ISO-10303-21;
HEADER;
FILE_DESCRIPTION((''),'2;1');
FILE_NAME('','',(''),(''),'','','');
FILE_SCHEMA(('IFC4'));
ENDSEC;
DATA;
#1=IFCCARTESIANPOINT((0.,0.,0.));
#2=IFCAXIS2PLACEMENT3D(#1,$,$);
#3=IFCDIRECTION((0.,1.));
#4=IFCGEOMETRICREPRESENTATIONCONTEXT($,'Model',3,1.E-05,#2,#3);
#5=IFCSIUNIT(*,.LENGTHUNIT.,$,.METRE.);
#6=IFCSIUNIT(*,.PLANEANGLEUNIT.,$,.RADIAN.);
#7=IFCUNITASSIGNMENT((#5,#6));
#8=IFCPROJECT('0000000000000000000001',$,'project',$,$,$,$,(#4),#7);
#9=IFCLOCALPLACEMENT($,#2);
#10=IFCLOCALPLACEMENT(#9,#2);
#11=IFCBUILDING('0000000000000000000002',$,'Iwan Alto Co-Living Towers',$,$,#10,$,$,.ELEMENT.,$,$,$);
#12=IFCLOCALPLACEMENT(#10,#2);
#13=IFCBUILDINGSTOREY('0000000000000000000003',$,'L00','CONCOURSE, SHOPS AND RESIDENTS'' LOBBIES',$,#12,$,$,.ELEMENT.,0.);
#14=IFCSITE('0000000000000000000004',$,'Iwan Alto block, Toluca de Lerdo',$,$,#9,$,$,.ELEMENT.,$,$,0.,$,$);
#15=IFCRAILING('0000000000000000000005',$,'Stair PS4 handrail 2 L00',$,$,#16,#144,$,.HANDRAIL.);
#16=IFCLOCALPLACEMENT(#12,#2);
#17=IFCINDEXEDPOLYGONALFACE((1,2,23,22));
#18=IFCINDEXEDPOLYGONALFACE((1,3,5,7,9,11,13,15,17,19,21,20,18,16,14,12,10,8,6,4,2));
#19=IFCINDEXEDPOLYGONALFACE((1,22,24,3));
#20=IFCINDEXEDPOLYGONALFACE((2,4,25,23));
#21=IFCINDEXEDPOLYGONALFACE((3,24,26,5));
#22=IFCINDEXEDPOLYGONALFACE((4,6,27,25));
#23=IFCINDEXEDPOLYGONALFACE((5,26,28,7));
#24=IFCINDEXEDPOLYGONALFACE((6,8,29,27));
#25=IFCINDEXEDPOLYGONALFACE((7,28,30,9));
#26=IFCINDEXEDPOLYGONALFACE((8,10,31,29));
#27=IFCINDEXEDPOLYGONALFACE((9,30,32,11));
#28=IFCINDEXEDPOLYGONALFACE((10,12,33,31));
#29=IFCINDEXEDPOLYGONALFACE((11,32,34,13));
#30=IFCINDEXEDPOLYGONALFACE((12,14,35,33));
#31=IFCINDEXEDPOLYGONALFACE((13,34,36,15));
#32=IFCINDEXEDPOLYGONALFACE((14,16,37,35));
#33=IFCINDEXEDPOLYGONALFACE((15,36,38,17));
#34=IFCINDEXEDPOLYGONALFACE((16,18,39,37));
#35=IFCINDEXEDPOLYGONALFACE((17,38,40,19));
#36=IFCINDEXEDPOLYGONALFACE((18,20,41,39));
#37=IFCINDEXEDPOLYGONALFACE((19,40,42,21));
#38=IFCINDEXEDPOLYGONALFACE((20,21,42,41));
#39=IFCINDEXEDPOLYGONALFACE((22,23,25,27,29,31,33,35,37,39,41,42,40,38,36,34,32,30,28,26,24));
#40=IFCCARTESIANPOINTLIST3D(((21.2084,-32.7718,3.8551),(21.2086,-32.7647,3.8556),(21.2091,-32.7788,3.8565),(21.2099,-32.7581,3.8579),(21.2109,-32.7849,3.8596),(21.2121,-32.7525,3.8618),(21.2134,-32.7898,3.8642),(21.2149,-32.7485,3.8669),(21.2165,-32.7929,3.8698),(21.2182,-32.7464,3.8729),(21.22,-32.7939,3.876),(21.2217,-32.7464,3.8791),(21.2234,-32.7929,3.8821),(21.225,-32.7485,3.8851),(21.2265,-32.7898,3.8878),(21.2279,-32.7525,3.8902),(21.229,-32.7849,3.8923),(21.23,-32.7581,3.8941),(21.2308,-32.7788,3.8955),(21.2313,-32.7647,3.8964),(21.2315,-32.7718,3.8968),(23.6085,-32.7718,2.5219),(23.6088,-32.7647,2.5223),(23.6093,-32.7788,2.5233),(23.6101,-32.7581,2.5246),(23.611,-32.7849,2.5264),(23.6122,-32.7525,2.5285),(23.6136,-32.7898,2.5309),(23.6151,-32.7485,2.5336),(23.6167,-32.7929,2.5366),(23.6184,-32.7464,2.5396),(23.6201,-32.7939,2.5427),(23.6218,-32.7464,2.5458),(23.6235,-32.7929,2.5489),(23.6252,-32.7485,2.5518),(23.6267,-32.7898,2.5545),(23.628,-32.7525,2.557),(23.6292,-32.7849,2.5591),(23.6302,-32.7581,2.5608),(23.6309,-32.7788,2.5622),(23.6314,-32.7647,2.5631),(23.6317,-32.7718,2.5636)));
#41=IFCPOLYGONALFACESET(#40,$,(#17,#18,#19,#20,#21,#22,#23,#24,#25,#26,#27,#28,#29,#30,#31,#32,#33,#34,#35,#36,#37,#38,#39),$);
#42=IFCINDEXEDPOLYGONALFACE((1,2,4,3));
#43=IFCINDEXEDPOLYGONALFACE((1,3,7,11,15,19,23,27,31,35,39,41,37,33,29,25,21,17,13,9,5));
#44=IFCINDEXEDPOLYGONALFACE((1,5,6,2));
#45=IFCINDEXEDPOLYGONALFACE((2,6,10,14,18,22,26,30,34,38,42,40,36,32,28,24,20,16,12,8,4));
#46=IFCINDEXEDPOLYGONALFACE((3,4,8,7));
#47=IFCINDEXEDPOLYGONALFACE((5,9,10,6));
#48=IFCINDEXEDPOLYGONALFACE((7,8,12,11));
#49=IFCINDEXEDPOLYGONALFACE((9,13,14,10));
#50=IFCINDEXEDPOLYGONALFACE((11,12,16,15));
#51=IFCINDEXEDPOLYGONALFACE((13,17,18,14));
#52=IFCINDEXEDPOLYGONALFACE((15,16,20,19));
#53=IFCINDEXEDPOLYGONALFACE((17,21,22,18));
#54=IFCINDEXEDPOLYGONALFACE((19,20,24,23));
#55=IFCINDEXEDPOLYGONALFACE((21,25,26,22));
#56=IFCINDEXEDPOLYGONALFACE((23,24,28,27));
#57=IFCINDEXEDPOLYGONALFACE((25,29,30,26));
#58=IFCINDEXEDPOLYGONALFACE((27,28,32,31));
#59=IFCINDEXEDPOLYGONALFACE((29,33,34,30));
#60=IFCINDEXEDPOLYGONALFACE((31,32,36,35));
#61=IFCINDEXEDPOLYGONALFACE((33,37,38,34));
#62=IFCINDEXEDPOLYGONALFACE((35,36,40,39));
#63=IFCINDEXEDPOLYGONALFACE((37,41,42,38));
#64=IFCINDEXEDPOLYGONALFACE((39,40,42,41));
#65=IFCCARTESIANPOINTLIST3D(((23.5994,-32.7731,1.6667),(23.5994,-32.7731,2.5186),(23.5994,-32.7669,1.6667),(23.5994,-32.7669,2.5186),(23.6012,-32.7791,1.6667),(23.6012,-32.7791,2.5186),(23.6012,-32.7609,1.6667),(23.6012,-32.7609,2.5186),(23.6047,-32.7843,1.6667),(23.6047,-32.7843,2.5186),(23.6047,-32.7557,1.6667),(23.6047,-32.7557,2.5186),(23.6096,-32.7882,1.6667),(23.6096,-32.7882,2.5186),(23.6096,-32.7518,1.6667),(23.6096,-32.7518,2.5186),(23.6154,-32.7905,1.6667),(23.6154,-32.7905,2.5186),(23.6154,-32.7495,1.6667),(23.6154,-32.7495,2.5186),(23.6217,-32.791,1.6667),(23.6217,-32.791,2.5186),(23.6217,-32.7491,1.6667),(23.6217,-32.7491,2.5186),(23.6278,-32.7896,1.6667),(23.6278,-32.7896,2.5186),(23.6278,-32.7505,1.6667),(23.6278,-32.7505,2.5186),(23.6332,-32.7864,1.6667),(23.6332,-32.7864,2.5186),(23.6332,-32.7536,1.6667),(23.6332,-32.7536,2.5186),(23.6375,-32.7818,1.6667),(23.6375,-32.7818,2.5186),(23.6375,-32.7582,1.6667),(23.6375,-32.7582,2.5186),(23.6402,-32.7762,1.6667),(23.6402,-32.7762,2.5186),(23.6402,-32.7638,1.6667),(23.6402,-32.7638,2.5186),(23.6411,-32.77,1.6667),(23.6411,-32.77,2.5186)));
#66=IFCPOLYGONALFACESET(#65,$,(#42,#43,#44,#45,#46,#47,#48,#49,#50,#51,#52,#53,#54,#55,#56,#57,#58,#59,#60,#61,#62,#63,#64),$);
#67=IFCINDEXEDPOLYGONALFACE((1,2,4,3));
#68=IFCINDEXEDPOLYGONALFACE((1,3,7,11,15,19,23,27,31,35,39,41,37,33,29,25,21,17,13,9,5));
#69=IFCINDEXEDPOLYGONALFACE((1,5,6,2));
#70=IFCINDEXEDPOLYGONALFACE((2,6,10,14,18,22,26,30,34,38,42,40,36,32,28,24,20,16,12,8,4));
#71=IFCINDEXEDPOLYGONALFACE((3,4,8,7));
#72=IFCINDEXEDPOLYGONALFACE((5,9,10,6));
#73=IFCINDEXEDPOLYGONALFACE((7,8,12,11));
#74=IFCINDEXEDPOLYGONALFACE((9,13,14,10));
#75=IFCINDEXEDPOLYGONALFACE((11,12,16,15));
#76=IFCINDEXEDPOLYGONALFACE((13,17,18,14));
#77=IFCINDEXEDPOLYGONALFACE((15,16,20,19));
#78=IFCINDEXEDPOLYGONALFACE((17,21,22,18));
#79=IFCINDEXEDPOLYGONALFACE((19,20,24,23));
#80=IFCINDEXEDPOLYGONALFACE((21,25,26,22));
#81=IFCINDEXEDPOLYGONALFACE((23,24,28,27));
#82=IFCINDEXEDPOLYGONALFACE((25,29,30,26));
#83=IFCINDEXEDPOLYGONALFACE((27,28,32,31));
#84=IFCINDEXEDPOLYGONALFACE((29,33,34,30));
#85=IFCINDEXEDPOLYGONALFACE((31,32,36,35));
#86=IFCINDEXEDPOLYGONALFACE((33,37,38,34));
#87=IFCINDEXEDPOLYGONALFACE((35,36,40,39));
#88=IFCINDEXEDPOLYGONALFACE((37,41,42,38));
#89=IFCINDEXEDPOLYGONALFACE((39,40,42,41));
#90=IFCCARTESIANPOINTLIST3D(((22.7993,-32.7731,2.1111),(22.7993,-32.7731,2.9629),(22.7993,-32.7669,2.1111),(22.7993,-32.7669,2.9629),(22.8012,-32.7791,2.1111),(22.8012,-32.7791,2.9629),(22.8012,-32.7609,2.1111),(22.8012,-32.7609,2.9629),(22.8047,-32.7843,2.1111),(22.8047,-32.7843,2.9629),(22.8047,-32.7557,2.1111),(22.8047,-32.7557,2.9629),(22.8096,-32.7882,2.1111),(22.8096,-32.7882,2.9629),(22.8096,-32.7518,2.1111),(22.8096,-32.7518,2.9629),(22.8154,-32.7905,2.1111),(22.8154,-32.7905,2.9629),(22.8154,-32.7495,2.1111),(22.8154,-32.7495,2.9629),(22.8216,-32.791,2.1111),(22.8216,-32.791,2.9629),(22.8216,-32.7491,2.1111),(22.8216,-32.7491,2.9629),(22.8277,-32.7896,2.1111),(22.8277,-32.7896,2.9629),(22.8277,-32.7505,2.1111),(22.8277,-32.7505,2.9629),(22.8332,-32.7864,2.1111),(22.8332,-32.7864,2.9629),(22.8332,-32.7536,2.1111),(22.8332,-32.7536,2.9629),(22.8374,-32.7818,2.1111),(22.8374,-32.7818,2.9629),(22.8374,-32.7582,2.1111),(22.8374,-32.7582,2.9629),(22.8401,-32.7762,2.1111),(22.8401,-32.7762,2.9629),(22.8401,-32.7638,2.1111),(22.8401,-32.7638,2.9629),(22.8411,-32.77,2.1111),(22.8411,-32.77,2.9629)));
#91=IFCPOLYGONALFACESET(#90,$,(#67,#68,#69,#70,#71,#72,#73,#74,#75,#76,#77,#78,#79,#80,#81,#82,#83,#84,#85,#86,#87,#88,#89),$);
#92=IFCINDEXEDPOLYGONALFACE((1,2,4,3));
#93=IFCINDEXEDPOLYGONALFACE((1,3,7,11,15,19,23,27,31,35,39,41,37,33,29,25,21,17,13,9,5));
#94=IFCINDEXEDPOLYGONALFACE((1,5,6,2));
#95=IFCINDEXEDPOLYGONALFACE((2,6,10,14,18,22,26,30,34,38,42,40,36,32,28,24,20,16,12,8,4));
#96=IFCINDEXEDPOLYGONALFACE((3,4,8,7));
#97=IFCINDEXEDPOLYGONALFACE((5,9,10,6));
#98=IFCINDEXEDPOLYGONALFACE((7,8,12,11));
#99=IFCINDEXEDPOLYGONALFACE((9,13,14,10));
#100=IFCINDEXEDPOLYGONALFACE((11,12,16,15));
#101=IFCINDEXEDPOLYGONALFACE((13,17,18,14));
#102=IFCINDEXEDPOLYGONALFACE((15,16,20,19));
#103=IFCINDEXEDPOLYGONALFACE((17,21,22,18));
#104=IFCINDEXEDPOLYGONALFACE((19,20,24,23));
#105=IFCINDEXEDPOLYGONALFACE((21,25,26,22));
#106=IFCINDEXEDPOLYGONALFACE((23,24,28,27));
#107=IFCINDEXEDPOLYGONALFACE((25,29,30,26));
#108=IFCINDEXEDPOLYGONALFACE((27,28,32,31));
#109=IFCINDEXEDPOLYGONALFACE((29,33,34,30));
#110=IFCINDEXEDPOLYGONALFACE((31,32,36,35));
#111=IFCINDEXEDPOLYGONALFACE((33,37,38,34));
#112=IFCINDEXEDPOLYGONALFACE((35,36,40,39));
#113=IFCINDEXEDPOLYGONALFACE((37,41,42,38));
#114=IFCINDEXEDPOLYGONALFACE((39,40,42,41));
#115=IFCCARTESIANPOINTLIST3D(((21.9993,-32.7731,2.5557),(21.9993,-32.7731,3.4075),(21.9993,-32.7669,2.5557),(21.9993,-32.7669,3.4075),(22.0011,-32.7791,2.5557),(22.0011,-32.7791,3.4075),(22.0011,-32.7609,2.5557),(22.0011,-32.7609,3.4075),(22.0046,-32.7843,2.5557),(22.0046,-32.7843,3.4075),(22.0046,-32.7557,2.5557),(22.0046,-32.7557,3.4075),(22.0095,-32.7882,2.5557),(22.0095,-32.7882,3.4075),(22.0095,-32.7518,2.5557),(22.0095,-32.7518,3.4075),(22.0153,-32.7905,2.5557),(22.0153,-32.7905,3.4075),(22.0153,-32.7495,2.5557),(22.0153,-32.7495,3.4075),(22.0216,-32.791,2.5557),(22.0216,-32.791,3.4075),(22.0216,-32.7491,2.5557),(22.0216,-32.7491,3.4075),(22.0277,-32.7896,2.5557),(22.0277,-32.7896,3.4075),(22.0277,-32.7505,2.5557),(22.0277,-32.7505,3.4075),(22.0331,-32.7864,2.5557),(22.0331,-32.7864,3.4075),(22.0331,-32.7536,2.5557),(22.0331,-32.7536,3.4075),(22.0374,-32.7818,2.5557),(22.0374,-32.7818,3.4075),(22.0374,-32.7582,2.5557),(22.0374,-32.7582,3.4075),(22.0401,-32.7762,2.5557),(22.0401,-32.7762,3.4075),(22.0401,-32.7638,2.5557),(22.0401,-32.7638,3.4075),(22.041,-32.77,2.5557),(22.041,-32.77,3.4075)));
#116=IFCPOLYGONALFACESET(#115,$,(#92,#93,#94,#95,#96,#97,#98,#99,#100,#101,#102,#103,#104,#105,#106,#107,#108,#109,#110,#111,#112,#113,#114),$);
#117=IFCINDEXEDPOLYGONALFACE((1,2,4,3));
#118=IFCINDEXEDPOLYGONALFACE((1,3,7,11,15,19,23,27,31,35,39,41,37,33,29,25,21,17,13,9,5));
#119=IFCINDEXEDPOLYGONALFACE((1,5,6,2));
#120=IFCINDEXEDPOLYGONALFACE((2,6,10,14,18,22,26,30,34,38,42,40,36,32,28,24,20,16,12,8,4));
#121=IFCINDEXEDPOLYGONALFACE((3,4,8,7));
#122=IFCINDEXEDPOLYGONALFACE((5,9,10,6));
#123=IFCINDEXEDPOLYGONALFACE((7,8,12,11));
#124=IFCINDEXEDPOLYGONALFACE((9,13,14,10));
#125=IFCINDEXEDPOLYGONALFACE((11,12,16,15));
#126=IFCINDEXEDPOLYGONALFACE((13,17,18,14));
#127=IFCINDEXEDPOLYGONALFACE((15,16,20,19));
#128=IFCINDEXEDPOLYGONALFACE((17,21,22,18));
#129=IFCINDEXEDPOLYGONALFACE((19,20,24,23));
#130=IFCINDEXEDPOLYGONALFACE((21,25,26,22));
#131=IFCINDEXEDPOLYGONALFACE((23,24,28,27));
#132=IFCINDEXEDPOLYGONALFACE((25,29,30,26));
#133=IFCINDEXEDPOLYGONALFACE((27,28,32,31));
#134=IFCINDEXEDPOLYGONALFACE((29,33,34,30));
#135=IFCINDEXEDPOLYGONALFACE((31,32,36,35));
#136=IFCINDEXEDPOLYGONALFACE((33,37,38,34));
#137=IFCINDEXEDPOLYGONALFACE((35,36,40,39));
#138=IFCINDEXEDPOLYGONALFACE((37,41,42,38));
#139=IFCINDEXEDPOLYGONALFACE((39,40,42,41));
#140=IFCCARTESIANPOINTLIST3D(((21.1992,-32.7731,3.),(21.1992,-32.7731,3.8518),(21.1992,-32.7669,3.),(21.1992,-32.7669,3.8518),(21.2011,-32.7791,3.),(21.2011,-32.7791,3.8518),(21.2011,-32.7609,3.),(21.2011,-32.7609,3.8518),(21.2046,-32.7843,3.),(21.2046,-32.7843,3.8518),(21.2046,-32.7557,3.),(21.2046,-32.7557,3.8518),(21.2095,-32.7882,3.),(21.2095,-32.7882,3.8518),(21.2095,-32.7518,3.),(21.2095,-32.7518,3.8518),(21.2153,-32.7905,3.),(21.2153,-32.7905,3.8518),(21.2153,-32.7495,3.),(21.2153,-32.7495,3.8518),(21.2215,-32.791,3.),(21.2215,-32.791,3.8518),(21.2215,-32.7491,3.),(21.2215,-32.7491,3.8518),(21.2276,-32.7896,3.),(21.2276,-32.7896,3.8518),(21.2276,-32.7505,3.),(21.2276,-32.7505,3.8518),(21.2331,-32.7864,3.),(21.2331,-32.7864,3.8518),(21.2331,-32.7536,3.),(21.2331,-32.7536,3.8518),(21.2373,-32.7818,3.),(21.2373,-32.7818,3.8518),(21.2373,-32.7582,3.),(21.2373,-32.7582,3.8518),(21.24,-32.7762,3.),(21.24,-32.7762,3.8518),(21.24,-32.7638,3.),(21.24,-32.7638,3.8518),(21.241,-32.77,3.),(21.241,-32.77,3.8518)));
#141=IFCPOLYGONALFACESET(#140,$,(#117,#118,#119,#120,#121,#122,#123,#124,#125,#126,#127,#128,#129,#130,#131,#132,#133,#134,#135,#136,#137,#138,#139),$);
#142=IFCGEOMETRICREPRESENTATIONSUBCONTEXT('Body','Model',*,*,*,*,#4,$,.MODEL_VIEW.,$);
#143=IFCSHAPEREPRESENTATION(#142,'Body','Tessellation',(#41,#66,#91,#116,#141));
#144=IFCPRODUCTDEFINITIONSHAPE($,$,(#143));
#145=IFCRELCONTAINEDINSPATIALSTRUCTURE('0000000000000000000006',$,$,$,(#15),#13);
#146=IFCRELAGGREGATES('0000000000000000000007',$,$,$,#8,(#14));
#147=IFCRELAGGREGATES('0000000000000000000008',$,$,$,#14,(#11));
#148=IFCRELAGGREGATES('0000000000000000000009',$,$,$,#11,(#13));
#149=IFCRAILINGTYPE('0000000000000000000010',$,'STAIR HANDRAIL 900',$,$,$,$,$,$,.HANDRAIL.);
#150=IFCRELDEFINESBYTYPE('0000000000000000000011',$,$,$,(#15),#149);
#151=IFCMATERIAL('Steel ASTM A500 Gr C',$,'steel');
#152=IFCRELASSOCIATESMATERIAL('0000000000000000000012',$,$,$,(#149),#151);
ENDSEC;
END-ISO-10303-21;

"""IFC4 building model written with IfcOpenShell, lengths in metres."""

from ifc_helpers import new_model, si_unit, direction, frame, origin, origin_2d, place, context, subcontext, project, spatial, circle, extrude, material, type_object, element, save


model = new_model("IFC4")

# Units and contexts
model_context = context("Model", 3, precision=1e-05, world=origin(), true_north=direction((0.0, 1.0)))
body_context = subcontext(model_context, "Body", "Model", "MODEL_VIEW")
ifc_project = project(units=[si_unit("LENGTHUNIT", "METRE"), si_unit("PLANEANGLEUNIT", "RADIAN")], contexts=[model_context])

# Site, building, storey
site_placement = place(None, origin())
site = spatial("IfcSite", under=ifc_project, at=site_placement, Name="Iwan Alto block, Toluca de Lerdo", CompositionType="ELEMENT", RefElevation=0.0)
building_placement = place(site_placement, origin())
building = spatial("IfcBuilding", under=site, at=building_placement, Name="Iwan Alto Co-Living Towers", CompositionType="ELEMENT")
storey_placement = place(building_placement, origin())
storey = spatial("IfcBuildingStorey", under=building, at=storey_placement, Name="L00", Description="CONCOURSE, SHOPS AND RESIDENTS' LOBBIES", CompositionType="ELEMENT", Elevation=0.0)

# Railing
ifc_material_1 = material(Name="Steel ASTM A500 Gr C", Category="steel")
railing_type_1 = type_object("IfcRailingType", Name="STAIR HANDRAIL 900", PredefinedType="HANDRAIL", material=ifc_material_1)
railing_1_placement = place(storey_placement, frame((23.6201, -32.77, 1.6667)))
element("IfcRailing", 1, at=railing_1_placement, inside=storey, type_object=railing_type_1, Name="Stair PS4 handrail 2 L00", PredefinedType="HANDRAIL", context=body_context, shape_type="SweptSolid", body=[
    extrude(circle(Radius=0.0239, at=origin_2d()), frame((0.0, 0.0, 0.876), z_axis=(-0.874182, 0.0, 0.485598), x_axis=(0.0, -1.0, 0.0)), (0.0, 0.0, 1.0), 2.7456),
    extrude(circle(Radius=0.021, at=origin_2d()), origin(), (0.0, 0.0, 1.0), 0.8518),
    extrude(circle(Radius=0.021, at=origin_2d()), frame((-0.8, 0.0, 0.4443)), (0.0, 0.0, 1.0), 0.8518),
    extrude(circle(Radius=0.021, at=origin_2d()), frame((-1.6001, 0.0, 0.8889)), (0.0, 0.0, 1.0), 0.8518),
    extrude(circle(Radius=0.021, at=origin_2d()), frame((-2.4001, 0.0, 1.3333)), (0.0, 0.0, 1.0), 0.8518),
])

save(model, "model.ifc")
